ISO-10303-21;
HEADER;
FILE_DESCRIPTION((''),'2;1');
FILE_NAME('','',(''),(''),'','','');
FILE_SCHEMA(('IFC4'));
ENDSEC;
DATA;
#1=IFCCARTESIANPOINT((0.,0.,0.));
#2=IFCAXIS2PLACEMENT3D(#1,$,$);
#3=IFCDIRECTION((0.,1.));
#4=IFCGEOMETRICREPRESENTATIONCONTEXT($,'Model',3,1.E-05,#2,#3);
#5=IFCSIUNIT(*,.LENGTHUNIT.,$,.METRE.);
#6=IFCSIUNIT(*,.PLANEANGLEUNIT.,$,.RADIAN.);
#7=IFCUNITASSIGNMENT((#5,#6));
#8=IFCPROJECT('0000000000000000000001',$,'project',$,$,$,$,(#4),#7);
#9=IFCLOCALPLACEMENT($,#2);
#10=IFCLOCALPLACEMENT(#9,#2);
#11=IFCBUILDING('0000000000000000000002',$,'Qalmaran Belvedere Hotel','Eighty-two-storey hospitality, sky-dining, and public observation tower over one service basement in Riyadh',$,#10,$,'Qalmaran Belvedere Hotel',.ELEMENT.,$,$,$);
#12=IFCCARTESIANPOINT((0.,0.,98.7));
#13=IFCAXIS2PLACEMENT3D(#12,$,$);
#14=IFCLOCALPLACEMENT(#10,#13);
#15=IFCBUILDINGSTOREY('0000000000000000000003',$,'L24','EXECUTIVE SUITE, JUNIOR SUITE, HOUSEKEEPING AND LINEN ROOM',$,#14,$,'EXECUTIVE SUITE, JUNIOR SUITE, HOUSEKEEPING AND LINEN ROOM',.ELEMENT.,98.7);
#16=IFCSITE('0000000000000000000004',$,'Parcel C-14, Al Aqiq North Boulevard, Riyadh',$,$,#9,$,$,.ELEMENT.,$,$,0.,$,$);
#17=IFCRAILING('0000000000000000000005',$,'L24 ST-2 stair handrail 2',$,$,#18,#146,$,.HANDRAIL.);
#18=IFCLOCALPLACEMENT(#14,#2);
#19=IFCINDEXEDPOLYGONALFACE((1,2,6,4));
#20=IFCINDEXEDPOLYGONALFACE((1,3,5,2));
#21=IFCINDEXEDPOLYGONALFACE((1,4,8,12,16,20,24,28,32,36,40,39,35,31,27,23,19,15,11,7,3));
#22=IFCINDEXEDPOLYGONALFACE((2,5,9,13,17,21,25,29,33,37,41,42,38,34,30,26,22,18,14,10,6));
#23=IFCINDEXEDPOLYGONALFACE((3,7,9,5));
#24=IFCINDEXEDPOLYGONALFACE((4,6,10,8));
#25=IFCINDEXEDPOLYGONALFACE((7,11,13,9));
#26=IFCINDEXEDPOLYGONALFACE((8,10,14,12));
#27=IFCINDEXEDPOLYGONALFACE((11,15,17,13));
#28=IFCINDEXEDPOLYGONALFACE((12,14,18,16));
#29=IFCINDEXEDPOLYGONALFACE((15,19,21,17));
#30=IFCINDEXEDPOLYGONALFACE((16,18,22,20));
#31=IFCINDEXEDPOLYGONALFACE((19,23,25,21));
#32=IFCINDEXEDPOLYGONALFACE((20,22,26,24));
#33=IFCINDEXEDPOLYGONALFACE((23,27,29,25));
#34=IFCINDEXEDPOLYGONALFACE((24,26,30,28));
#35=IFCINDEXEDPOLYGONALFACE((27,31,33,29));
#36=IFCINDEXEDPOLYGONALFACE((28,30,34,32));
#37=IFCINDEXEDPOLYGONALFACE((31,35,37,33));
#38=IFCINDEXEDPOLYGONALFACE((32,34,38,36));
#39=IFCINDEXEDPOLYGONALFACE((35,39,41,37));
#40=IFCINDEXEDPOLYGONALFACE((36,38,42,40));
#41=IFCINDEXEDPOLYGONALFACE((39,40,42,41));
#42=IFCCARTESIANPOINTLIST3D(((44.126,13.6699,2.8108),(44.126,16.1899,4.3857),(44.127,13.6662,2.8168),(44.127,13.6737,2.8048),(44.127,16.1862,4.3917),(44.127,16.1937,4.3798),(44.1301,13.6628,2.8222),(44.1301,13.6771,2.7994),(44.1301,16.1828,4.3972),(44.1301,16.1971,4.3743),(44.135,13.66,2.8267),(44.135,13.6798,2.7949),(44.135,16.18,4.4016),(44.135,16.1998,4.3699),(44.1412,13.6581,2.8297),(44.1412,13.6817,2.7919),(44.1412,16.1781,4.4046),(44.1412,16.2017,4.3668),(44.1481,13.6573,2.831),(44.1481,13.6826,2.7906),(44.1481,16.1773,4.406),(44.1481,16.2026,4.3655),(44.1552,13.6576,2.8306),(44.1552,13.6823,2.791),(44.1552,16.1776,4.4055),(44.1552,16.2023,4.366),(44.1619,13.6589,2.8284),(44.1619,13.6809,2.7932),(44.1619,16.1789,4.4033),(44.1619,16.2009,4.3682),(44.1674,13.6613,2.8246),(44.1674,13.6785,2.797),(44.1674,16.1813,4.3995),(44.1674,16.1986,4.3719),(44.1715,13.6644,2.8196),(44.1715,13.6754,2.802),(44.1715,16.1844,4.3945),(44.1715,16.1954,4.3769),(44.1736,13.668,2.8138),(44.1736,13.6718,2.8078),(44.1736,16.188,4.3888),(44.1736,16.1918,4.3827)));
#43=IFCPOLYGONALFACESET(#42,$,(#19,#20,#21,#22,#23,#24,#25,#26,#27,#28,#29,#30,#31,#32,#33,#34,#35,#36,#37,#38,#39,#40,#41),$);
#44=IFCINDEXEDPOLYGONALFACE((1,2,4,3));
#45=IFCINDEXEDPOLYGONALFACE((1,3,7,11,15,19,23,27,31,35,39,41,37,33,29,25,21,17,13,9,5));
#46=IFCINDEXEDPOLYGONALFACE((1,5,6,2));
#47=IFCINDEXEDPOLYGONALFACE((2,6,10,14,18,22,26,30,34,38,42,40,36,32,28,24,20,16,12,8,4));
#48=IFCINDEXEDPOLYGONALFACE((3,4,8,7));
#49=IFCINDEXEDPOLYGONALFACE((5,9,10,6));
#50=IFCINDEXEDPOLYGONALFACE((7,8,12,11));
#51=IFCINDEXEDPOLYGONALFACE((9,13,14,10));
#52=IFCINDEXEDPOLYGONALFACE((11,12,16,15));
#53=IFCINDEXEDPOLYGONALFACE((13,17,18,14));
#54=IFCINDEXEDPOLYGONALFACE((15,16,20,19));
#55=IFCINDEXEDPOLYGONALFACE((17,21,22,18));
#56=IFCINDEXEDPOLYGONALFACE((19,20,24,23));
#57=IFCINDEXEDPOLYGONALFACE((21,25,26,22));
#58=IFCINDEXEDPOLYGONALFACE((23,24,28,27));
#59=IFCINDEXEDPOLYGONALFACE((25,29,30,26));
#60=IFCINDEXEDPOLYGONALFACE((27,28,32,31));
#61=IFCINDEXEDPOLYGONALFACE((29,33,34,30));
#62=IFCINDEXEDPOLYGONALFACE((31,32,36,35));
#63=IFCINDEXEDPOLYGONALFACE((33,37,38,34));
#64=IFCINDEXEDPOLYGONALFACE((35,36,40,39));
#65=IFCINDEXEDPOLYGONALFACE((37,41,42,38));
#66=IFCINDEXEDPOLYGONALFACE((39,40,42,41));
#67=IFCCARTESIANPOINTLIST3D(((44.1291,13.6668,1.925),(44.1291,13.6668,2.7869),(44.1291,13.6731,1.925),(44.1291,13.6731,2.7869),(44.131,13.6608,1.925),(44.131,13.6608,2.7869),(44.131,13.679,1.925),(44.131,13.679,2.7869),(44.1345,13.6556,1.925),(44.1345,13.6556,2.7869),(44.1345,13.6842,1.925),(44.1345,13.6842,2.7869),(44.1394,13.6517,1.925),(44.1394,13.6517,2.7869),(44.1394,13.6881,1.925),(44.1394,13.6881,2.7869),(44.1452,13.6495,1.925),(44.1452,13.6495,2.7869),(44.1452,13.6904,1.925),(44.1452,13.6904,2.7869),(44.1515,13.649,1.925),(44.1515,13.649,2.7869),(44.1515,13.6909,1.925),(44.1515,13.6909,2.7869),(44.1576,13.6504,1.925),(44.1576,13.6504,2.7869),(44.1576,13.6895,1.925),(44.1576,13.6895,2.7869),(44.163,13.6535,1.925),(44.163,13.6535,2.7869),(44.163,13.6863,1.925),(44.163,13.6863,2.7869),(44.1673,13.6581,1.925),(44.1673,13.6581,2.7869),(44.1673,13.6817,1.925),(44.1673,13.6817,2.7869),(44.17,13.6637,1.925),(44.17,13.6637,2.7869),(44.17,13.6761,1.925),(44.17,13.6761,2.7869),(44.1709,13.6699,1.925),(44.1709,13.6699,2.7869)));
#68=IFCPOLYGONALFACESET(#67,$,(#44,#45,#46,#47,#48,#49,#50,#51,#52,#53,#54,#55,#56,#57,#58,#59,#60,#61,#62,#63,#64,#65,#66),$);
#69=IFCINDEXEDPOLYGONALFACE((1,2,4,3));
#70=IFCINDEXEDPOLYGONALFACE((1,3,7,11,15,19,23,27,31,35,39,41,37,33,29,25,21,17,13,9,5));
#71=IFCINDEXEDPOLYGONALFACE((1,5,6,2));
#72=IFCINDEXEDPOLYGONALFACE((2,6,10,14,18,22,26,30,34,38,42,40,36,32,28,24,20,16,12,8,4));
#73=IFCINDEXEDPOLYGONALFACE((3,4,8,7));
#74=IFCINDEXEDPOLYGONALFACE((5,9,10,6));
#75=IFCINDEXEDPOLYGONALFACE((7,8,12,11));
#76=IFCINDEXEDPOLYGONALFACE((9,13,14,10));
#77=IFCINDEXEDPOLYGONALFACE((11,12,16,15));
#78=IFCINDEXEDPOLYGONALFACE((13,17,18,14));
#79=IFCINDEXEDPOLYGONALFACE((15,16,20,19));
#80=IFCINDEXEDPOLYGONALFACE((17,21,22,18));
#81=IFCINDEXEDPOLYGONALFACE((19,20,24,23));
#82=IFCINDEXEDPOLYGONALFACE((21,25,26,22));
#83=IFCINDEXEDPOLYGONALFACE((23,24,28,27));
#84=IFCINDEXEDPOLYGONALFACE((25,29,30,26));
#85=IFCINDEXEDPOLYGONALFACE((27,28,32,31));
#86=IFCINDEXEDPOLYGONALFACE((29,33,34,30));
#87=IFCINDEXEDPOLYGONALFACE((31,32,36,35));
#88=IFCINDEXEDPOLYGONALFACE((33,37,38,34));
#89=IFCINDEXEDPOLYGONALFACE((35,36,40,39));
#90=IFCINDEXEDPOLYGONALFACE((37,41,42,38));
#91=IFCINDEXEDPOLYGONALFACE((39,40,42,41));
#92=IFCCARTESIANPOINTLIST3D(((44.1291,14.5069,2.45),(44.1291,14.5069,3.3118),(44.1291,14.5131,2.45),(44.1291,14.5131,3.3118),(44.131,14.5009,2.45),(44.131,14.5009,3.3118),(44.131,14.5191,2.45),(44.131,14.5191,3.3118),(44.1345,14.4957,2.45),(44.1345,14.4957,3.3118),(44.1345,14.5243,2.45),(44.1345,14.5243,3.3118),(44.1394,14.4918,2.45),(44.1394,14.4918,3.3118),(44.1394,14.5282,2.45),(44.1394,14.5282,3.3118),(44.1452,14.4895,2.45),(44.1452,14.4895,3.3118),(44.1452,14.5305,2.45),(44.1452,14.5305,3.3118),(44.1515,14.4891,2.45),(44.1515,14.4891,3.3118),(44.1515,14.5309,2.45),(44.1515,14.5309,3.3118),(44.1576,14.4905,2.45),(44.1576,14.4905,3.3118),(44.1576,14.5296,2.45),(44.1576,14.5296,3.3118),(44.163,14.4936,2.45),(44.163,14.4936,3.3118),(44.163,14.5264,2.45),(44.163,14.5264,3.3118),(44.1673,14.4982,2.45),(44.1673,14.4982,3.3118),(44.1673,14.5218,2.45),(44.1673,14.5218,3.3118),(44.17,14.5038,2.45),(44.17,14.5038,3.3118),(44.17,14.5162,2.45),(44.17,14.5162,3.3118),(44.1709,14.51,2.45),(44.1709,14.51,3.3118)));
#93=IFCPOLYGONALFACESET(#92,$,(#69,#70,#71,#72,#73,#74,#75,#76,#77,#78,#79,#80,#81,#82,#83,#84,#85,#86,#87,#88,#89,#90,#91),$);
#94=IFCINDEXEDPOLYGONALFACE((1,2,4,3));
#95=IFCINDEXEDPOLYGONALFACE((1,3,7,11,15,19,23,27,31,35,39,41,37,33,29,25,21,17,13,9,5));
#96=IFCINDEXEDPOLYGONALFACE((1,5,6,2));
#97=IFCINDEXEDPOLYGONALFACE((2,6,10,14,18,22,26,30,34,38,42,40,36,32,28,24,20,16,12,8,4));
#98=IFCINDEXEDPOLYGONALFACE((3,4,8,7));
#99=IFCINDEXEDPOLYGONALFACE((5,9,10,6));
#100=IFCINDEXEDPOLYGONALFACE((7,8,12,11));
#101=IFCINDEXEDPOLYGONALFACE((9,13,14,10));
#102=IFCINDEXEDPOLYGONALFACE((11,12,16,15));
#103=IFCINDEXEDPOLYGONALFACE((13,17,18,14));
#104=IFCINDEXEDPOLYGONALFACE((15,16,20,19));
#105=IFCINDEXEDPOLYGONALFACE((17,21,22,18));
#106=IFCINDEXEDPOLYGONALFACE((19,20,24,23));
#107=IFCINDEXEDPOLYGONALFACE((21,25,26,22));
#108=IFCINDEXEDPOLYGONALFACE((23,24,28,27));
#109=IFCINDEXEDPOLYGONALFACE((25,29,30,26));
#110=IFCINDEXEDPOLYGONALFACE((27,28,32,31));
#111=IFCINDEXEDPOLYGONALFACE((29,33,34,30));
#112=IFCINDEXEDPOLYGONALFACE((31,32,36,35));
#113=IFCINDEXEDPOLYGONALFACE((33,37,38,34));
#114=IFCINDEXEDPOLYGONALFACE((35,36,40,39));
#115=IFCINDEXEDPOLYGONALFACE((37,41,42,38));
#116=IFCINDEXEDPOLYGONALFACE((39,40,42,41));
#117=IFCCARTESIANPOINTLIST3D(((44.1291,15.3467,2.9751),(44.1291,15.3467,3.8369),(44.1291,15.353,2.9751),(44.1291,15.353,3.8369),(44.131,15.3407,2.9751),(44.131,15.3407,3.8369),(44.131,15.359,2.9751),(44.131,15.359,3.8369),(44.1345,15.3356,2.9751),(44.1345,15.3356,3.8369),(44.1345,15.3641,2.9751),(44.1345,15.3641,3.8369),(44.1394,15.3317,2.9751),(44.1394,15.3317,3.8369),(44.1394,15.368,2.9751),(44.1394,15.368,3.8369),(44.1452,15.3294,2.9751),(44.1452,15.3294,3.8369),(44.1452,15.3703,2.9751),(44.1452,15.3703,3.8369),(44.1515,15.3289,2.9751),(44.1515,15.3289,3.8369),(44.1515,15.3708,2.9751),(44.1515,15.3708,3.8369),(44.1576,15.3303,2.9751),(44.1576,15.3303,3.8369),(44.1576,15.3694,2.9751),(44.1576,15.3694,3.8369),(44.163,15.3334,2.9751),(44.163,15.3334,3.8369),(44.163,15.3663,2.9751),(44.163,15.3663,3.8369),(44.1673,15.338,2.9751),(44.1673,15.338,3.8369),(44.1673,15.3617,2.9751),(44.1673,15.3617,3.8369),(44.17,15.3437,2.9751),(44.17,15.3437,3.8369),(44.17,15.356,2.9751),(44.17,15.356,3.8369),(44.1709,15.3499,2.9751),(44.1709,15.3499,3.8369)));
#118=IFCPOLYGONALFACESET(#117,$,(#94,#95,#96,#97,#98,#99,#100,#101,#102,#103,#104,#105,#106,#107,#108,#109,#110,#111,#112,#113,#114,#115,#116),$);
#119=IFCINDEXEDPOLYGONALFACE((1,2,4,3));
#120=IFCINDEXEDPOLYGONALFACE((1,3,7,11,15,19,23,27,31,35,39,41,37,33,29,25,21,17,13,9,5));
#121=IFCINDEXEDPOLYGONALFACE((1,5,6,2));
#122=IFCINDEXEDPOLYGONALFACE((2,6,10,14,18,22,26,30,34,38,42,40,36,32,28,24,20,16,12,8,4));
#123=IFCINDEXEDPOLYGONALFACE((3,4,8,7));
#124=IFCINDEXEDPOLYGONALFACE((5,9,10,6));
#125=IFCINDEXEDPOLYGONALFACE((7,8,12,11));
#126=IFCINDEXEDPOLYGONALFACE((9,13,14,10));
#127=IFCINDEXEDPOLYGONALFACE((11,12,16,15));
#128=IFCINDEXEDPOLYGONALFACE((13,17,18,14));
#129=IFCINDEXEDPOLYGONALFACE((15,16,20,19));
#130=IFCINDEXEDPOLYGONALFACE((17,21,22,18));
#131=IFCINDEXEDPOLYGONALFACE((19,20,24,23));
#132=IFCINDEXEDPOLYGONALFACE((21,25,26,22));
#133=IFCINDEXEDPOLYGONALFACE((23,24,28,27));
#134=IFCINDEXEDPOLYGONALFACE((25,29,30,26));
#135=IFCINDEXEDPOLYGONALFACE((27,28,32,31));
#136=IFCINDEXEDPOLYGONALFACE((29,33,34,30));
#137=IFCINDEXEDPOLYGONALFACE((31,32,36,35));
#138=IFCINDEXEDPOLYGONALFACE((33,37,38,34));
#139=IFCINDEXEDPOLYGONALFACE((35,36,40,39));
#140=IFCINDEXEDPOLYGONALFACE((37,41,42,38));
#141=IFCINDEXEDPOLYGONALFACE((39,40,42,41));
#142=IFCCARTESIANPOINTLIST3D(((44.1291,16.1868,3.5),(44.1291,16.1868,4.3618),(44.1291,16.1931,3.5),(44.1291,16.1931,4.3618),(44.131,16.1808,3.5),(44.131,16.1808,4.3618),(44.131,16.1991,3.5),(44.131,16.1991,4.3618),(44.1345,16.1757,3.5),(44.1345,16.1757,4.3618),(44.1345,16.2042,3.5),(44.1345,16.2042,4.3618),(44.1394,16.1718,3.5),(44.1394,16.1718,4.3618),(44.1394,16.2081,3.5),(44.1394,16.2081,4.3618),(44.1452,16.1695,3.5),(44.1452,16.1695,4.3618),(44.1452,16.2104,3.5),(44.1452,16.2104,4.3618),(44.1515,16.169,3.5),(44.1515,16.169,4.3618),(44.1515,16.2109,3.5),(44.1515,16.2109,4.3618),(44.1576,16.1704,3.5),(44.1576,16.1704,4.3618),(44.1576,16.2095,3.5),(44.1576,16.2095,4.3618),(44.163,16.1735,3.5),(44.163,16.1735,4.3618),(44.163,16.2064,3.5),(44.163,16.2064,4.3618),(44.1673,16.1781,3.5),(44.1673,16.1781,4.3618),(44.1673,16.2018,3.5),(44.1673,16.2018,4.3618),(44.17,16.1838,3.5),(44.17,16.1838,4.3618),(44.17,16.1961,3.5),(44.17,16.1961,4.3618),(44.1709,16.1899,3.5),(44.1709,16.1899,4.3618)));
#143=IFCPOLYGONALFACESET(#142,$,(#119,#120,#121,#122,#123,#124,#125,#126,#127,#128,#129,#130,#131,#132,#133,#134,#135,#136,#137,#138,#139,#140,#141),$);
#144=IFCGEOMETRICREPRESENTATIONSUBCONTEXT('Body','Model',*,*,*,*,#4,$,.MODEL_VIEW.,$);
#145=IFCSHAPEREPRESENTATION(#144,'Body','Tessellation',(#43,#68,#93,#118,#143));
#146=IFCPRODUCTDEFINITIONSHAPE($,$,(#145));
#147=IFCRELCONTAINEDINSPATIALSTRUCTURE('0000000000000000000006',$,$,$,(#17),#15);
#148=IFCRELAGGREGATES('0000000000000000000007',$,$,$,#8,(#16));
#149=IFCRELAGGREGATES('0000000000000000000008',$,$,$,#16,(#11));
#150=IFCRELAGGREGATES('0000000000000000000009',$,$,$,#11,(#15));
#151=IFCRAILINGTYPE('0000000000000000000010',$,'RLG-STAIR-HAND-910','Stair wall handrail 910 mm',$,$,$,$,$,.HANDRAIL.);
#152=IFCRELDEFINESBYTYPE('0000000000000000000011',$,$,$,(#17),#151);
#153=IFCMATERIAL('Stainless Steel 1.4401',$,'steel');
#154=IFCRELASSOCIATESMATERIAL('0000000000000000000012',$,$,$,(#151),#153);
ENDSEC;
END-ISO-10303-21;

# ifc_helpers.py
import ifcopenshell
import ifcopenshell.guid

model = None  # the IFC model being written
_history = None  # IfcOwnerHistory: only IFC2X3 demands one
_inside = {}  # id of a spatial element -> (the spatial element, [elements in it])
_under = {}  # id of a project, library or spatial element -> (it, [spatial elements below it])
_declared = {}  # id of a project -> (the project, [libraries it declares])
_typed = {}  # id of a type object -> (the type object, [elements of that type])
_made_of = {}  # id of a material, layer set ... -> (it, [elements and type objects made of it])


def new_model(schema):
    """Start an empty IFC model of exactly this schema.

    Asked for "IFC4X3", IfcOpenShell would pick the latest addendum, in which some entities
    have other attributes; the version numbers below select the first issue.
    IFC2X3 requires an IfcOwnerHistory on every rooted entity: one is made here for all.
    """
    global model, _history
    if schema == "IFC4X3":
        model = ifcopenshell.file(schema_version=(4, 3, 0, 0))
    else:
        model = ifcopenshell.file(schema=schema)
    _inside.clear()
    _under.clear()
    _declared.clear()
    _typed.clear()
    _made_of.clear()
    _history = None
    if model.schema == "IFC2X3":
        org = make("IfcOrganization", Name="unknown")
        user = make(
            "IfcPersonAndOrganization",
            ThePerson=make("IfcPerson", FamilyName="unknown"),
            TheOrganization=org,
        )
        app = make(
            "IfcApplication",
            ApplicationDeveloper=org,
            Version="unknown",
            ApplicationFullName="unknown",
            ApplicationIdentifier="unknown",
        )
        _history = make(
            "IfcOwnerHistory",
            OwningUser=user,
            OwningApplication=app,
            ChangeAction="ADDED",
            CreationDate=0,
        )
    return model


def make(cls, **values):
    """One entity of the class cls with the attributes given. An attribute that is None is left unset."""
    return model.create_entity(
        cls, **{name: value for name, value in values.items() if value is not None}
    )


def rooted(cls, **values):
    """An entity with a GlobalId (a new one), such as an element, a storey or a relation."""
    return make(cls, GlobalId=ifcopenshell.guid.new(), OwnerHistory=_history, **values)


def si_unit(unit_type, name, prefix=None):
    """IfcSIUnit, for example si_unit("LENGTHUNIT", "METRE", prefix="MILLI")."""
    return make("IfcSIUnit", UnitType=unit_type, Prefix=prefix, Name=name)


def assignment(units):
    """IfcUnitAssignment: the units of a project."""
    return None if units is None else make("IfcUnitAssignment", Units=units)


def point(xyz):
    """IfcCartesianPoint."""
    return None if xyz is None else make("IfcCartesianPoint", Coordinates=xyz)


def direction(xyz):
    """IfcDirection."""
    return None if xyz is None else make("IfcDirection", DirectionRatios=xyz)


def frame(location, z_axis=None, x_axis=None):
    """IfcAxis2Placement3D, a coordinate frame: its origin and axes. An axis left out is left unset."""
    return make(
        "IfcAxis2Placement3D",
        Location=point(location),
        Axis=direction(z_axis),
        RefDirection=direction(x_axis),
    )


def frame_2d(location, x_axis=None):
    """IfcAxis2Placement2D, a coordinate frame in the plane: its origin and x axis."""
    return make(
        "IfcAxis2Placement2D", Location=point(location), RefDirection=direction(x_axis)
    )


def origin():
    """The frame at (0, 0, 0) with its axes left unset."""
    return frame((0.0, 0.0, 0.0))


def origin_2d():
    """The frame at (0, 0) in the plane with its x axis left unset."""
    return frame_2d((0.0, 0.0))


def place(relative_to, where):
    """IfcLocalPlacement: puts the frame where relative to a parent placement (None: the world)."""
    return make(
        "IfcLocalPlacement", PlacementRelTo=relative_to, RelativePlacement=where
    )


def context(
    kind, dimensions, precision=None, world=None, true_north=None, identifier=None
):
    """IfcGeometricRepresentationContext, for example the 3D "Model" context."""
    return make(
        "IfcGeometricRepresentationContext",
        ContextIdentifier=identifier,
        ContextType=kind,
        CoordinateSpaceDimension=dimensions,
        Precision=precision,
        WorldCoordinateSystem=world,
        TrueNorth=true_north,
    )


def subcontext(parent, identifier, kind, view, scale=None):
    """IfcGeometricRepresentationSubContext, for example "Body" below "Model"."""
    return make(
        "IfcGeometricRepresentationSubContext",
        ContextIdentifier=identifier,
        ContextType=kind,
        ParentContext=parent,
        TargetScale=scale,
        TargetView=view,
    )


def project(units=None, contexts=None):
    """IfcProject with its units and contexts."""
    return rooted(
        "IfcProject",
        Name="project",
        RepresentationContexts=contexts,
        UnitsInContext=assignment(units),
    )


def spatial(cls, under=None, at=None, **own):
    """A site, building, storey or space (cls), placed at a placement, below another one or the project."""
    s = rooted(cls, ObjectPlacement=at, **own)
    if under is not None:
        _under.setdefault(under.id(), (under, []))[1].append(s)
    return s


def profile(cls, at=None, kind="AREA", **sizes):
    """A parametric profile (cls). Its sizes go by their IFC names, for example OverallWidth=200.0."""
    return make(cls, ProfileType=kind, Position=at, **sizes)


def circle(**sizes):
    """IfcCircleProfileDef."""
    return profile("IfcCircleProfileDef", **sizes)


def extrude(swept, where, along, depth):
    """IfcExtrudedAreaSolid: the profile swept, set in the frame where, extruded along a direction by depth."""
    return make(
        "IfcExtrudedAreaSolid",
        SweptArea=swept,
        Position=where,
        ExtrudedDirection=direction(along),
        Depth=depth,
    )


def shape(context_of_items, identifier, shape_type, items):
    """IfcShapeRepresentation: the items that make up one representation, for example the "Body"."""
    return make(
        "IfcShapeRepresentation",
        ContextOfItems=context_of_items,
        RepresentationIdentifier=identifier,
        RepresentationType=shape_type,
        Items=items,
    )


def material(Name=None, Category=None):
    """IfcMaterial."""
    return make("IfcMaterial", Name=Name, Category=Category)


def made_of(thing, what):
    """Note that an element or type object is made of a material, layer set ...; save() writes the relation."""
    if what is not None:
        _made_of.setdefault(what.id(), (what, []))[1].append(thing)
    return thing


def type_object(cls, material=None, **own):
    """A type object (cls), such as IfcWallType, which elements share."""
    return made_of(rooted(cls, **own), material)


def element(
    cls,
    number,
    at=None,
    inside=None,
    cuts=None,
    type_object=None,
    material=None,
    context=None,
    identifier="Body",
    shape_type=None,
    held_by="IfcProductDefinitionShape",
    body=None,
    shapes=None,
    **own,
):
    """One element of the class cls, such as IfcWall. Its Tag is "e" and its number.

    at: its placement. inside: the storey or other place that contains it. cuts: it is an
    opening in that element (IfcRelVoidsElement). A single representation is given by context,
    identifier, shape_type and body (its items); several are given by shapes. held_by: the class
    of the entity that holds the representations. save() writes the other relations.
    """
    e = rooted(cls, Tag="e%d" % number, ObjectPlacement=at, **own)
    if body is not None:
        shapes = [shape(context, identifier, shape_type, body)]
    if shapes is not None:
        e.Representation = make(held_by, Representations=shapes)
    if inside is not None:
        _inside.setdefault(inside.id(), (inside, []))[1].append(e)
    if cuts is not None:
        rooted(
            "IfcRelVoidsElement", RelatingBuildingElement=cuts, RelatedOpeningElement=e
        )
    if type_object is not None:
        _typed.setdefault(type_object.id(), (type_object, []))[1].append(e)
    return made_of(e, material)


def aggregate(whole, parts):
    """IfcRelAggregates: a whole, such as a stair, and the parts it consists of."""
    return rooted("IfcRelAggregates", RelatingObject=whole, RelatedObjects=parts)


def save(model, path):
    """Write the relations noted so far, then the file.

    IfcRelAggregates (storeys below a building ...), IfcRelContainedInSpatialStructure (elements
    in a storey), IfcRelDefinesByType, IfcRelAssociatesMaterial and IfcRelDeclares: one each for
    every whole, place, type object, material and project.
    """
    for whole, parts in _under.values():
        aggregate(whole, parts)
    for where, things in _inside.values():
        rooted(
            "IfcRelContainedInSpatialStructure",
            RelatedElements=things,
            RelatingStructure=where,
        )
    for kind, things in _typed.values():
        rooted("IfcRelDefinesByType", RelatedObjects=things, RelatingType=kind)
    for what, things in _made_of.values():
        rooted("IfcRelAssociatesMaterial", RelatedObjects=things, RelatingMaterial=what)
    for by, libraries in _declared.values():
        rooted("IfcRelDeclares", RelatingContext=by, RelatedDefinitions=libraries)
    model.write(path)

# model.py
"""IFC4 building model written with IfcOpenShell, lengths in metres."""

from ifc_helpers import new_model, si_unit, direction, frame, origin, origin_2d, place, context, subcontext, project, spatial, circle, extrude, material, type_object, element, save


model = new_model("IFC4")

# Units and contexts
model_context = context("Model", 3, precision=1e-05, world=origin(), true_north=direction((0.0, 1.0)))
body_context = subcontext(model_context, "Body", "Model", "MODEL_VIEW")
ifc_project = project(units=[si_unit("LENGTHUNIT", "METRE"), si_unit("PLANEANGLEUNIT", "RADIAN")], contexts=[model_context])

# Site, building, storey
site_placement = place(None, origin())
site = spatial("IfcSite", under=ifc_project, at=site_placement, Name="Parcel C-14, Al Aqiq North Boulevard, Riyadh", CompositionType="ELEMENT", RefElevation=0.0)
building_placement = place(site_placement, origin())
building = spatial("IfcBuilding", under=site, at=building_placement, Name="Qalmaran Belvedere Hotel", Description="Eighty-two-storey hospitality, sky-dining, and public observation tower over one service basement in Riyadh", LongName="Qalmaran Belvedere Hotel", CompositionType="ELEMENT")
storey_placement = place(building_placement, frame((0.0, 0.0, 98.7)))
storey = spatial("IfcBuildingStorey", under=building, at=storey_placement, Name="L24", Description="EXECUTIVE SUITE, JUNIOR SUITE, HOUSEKEEPING AND LINEN ROOM", LongName="EXECUTIVE SUITE, JUNIOR SUITE, HOUSEKEEPING AND LINEN ROOM", CompositionType="ELEMENT", Elevation=98.7)

# Railing
ifc_material_1 = material(Name="Stainless Steel 1.4401", Category="steel")
railing_type = type_object("IfcRailingType", Name="RLG-STAIR-HAND-910", Description="Stair wall handrail 910 mm", PredefinedType="HANDRAIL", material=ifc_material_1)
railing_placement = place(storey_placement, frame((44.1499, 13.6699, 1.925)))
element("IfcRailing", 1, at=railing_placement, inside=storey, type_object=railing_type, Name="L24 ST-2 stair handrail 2", PredefinedType="HANDRAIL", context=body_context, shape_type="SweptSolid", body=[
    extrude(circle(Radius=0.0239, at=origin_2d()), frame((0.0, 0.0, 0.8857), z_axis=(0.0, 0.848008, 0.529984), x_axis=(-1.0, 0.0, 0.0)), (0.0, 0.0, 1.0), 2.9717),
    extrude(circle(Radius=0.021, at=origin_2d()), origin(), (0.0, 0.0, 1.0), 0.8618),
    extrude(circle(Radius=0.021, at=origin_2d()), frame((0.0, 0.8401, 0.5249)), (0.0, 0.0, 1.0), 0.8618),
    extrude(circle(Radius=0.021, at=origin_2d()), frame((0.0, 1.6799, 1.05)), (0.0, 0.0, 1.0), 0.8618),
    extrude(circle(Radius=0.021, at=origin_2d()), frame((0.0, 2.52, 1.575)), (0.0, 0.0, 1.0), 0.8618),
])

save(model, "model.ifc")
